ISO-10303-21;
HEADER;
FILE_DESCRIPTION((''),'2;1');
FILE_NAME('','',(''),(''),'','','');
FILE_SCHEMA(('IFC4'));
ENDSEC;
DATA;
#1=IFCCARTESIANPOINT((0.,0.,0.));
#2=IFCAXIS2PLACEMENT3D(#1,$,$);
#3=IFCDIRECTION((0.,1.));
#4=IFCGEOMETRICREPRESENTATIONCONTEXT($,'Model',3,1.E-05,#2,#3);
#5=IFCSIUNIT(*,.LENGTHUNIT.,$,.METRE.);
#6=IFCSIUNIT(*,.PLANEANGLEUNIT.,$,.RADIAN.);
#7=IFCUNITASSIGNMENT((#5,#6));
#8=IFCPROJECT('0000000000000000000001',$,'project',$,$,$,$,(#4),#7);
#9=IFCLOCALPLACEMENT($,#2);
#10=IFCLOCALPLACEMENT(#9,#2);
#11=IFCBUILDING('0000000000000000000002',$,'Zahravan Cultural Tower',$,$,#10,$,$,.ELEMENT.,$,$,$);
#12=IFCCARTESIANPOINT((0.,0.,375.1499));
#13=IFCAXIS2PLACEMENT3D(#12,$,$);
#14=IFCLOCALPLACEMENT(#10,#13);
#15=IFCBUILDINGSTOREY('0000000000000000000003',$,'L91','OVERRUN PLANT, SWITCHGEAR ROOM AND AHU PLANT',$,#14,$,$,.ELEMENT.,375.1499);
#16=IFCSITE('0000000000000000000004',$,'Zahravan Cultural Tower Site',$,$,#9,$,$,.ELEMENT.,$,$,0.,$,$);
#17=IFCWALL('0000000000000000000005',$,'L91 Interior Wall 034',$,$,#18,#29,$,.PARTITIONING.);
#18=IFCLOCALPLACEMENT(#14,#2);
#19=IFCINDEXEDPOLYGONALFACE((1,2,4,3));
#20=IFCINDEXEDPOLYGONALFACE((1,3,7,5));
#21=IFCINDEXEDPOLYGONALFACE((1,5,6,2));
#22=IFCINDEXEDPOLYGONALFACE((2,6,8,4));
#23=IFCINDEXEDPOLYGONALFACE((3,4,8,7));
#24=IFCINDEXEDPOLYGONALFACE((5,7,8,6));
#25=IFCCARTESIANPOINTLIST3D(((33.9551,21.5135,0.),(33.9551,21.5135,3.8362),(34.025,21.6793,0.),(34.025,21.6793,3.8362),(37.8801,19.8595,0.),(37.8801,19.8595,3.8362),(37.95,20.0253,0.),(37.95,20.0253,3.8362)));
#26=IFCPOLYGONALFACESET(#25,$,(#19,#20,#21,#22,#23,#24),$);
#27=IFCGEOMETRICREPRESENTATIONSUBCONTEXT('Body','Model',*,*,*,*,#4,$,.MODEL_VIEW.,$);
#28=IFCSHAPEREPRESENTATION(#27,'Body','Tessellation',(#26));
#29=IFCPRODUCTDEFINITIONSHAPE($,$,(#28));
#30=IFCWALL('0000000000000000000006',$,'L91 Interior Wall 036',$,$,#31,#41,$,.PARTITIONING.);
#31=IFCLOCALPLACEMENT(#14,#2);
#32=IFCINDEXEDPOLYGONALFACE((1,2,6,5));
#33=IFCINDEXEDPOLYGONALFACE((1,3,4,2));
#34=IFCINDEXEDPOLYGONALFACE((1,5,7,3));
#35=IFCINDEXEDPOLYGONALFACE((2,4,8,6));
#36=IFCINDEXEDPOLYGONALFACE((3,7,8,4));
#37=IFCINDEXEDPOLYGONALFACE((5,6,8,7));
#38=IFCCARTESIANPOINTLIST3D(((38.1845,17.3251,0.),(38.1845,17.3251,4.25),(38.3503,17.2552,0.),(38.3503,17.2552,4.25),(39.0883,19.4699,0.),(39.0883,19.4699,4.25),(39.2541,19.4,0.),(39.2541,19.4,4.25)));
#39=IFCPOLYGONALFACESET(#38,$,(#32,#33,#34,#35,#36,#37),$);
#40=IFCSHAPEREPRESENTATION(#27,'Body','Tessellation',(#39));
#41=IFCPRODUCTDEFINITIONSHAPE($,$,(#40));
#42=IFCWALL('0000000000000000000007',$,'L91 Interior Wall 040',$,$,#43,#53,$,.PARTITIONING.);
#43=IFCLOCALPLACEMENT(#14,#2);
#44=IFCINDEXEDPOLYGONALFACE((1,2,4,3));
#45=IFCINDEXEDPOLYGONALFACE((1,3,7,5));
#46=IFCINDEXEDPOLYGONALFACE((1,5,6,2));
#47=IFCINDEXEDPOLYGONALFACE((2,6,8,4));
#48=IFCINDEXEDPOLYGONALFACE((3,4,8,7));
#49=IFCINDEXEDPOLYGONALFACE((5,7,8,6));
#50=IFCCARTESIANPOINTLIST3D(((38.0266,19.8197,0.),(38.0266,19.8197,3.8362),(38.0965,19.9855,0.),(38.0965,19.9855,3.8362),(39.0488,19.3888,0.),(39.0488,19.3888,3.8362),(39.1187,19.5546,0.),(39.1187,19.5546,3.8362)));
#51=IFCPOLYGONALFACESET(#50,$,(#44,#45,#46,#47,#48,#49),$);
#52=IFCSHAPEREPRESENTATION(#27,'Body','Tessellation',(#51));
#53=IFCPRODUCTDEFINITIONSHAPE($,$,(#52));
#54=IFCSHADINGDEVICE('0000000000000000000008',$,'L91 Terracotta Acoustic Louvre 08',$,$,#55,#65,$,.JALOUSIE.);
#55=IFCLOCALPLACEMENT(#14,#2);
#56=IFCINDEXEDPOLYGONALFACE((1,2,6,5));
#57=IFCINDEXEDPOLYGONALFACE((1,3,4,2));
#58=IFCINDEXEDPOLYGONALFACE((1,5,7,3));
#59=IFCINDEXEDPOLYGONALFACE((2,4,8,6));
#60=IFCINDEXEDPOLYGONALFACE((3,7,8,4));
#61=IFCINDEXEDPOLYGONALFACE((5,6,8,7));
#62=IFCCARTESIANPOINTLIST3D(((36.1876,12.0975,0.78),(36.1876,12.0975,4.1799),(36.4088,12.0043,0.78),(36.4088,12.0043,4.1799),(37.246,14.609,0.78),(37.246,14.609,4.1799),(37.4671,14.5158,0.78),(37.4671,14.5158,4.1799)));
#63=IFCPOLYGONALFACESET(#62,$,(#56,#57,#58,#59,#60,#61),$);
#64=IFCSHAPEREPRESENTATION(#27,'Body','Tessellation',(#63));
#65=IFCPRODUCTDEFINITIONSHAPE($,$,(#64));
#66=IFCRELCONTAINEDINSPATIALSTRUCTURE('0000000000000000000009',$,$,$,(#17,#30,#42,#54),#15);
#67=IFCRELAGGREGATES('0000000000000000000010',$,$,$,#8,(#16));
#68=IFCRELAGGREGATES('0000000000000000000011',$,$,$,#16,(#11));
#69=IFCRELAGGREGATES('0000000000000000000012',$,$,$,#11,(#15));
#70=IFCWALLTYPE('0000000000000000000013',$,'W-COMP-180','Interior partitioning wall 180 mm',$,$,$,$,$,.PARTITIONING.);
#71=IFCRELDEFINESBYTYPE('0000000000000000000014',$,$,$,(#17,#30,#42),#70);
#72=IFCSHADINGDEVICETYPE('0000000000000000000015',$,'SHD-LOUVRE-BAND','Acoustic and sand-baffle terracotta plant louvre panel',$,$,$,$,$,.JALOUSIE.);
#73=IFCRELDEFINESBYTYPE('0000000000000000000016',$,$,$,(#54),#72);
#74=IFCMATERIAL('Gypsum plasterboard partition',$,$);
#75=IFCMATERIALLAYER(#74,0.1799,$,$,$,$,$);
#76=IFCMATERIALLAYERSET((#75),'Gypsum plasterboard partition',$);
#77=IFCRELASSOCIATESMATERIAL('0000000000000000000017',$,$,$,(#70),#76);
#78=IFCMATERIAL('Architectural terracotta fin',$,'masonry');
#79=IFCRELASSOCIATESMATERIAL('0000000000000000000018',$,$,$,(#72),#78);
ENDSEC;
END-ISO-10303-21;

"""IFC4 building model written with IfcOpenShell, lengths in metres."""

from ifc_helpers import new_model, si_unit, direction, frame, frame_2d, origin, origin_2d, place, context, subcontext, project, spatial, rectangle, extrude, source, transform, mapped, material, layer, layer_set, type_object, element, save


model = new_model("IFC4")

# Units and contexts
model_context = context("Model", 3, precision=1e-05, world=origin(), true_north=direction((0.0, 1.0)))
body_context = subcontext(model_context, "Body", "Model", "MODEL_VIEW")
ifc_project = project(units=[si_unit("LENGTHUNIT", "METRE"), si_unit("PLANEANGLEUNIT", "RADIAN")], contexts=[model_context])

# Site, building, storey
site_placement = place(None, origin())
site = spatial("IfcSite", under=ifc_project, at=site_placement, Name="Zahravan Cultural Tower Site", CompositionType="ELEMENT", RefElevation=0.0)
building_placement = place(site_placement, origin())
building = spatial("IfcBuilding", under=site, at=building_placement, Name="Zahravan Cultural Tower", CompositionType="ELEMENT")
storey_placement = place(building_placement, frame((0.0, 0.0, 375.1499)))
storey = spatial("IfcBuildingStorey", under=building, at=storey_placement, Name="L91", Description="OVERRUN PLANT, SWITCHGEAR ROOM AND AHU PLANT", CompositionType="ELEMENT", Elevation=375.1499)

# Shared definitions
ifc_material_1 = material(Name="Gypsum plasterboard partition")
ifc_layer_1 = layer(ifc_material_1, 0.1799)
ifc_layer_set_1 = layer_set([ifc_layer_1], Name="Gypsum plasterboard partition")
wall_type_1 = type_object("IfcWallType", Name="W-COMP-180", Description="Interior partitioning wall 180 mm", PredefinedType="PARTITIONING", material=ifc_layer_set_1)

# Walls
shared_shape_1 = source(origin(), body_context, "Body", "SweptSolid", [
    extrude(rectangle(XDim=4.2593, YDim=0.1799, at=frame_2d((2.1296, 0.0))), origin(), (0.0, 0.0, 1.0), 3.8362),
])
wall_1_placement = place(storey_placement, frame((37.915, 19.9424, 0.0), z_axis=(0.0, 0.0, 1.0), x_axis=(-0.921518, 0.388336, 0.0)))
element("IfcWall", 1, at=wall_1_placement, inside=storey, type_object=wall_type_1, Name="L91 Interior Wall 034", PredefinedType="PARTITIONING", context=body_context, shape_type="MappedRepresentation", body=[
    mapped(shared_shape_1, transform((0.0, 0.0, 0.0), x_axis=(1.0, 0.0, 0.0), y_axis=(0.0, 1.0, 0.0), z_axis=(0.0, 0.0, 1.0), scale=1.0)),
])
shared_shape_2 = source(origin(), body_context, "Body", "SweptSolid", [
    extrude(rectangle(XDim=2.3274, YDim=0.1799, at=frame_2d((1.1636, 0.0))), origin(), (0.0, 0.0, 1.0), 4.25),
])
wall_2_placement = place(storey_placement, frame((39.1711, 19.4348, 0.0), z_axis=(0.0, 0.0, 1.0), x_axis=(-0.388329, -0.921521, 0.0)))
element("IfcWall", 2, at=wall_2_placement, inside=storey, type_object=wall_type_1, Name="L91 Interior Wall 036", PredefinedType="PARTITIONING", context=body_context, shape_type="MappedRepresentation", body=[
    mapped(shared_shape_2, transform((0.0, 0.0, 0.0), x_axis=(1.0, 0.0, 0.0), y_axis=(0.0, 1.0, 0.0), z_axis=(0.0, 0.0, 1.0), scale=1.0)),
])
shared_shape_3 = source(origin(), body_context, "Body", "SweptSolid", [
    extrude(rectangle(XDim=1.1094, YDim=0.1799, at=frame_2d((0.5547, 0.0))), origin(), (0.0, 0.0, 1.0), 3.8362),
])
wall_3_placement = place(storey_placement, frame((38.0615, 19.9026, 0.0), z_axis=(0.0, 0.0, 1.0), x_axis=(0.921474, -0.388441, 0.0)))
element("IfcWall", 3, at=wall_3_placement, inside=storey, type_object=wall_type_1, Name="L91 Interior Wall 040", PredefinedType="PARTITIONING", context=body_context, shape_type="MappedRepresentation", body=[
    mapped(shared_shape_3, transform((0.0, 0.0, 0.0), x_axis=(1.0, 0.0, 0.0), y_axis=(0.0, 1.0, 0.0), z_axis=(0.0, 0.0, 1.0), scale=1.0)),
])

# Shading device
ifc_material_2 = material(Name="Architectural terracotta fin", Category="masonry")
shading_device_type = type_object("IfcShadingDeviceType", Name="SHD-LOUVRE-BAND", Description="Acoustic and sand-baffle terracotta plant louvre panel", PredefinedType="JALOUSIE", material=ifc_material_2)
shared_shape_4 = source(origin(), body_context, "Body", "SweptSolid", [
    extrude(rectangle(XDim=2.7253, YDim=0.24, at=origin_2d()), origin(), (0.0, 0.0, 1.0), 3.3999),
])
shading_device_placement = place(storey_placement, frame((36.8274, 13.3066, 0.78), z_axis=(0.0, 0.0, 1.0), x_axis=(-0.388336, -0.921518, 0.0)))
element("IfcShadingDevice", 4, at=shading_device_placement, inside=storey, type_object=shading_device_type, Name="L91 Terracotta Acoustic Louvre 08", PredefinedType="JALOUSIE", context=body_context, shape_type="MappedRepresentation", body=[
    mapped(shared_shape_4, transform((0.0, 0.0, 0.0), x_axis=(1.0, 0.0, 0.0), y_axis=(0.0, 1.0, 0.0), z_axis=(0.0, 0.0, 1.0), scale=1.0)),
])

save(model, "model.ifc")
